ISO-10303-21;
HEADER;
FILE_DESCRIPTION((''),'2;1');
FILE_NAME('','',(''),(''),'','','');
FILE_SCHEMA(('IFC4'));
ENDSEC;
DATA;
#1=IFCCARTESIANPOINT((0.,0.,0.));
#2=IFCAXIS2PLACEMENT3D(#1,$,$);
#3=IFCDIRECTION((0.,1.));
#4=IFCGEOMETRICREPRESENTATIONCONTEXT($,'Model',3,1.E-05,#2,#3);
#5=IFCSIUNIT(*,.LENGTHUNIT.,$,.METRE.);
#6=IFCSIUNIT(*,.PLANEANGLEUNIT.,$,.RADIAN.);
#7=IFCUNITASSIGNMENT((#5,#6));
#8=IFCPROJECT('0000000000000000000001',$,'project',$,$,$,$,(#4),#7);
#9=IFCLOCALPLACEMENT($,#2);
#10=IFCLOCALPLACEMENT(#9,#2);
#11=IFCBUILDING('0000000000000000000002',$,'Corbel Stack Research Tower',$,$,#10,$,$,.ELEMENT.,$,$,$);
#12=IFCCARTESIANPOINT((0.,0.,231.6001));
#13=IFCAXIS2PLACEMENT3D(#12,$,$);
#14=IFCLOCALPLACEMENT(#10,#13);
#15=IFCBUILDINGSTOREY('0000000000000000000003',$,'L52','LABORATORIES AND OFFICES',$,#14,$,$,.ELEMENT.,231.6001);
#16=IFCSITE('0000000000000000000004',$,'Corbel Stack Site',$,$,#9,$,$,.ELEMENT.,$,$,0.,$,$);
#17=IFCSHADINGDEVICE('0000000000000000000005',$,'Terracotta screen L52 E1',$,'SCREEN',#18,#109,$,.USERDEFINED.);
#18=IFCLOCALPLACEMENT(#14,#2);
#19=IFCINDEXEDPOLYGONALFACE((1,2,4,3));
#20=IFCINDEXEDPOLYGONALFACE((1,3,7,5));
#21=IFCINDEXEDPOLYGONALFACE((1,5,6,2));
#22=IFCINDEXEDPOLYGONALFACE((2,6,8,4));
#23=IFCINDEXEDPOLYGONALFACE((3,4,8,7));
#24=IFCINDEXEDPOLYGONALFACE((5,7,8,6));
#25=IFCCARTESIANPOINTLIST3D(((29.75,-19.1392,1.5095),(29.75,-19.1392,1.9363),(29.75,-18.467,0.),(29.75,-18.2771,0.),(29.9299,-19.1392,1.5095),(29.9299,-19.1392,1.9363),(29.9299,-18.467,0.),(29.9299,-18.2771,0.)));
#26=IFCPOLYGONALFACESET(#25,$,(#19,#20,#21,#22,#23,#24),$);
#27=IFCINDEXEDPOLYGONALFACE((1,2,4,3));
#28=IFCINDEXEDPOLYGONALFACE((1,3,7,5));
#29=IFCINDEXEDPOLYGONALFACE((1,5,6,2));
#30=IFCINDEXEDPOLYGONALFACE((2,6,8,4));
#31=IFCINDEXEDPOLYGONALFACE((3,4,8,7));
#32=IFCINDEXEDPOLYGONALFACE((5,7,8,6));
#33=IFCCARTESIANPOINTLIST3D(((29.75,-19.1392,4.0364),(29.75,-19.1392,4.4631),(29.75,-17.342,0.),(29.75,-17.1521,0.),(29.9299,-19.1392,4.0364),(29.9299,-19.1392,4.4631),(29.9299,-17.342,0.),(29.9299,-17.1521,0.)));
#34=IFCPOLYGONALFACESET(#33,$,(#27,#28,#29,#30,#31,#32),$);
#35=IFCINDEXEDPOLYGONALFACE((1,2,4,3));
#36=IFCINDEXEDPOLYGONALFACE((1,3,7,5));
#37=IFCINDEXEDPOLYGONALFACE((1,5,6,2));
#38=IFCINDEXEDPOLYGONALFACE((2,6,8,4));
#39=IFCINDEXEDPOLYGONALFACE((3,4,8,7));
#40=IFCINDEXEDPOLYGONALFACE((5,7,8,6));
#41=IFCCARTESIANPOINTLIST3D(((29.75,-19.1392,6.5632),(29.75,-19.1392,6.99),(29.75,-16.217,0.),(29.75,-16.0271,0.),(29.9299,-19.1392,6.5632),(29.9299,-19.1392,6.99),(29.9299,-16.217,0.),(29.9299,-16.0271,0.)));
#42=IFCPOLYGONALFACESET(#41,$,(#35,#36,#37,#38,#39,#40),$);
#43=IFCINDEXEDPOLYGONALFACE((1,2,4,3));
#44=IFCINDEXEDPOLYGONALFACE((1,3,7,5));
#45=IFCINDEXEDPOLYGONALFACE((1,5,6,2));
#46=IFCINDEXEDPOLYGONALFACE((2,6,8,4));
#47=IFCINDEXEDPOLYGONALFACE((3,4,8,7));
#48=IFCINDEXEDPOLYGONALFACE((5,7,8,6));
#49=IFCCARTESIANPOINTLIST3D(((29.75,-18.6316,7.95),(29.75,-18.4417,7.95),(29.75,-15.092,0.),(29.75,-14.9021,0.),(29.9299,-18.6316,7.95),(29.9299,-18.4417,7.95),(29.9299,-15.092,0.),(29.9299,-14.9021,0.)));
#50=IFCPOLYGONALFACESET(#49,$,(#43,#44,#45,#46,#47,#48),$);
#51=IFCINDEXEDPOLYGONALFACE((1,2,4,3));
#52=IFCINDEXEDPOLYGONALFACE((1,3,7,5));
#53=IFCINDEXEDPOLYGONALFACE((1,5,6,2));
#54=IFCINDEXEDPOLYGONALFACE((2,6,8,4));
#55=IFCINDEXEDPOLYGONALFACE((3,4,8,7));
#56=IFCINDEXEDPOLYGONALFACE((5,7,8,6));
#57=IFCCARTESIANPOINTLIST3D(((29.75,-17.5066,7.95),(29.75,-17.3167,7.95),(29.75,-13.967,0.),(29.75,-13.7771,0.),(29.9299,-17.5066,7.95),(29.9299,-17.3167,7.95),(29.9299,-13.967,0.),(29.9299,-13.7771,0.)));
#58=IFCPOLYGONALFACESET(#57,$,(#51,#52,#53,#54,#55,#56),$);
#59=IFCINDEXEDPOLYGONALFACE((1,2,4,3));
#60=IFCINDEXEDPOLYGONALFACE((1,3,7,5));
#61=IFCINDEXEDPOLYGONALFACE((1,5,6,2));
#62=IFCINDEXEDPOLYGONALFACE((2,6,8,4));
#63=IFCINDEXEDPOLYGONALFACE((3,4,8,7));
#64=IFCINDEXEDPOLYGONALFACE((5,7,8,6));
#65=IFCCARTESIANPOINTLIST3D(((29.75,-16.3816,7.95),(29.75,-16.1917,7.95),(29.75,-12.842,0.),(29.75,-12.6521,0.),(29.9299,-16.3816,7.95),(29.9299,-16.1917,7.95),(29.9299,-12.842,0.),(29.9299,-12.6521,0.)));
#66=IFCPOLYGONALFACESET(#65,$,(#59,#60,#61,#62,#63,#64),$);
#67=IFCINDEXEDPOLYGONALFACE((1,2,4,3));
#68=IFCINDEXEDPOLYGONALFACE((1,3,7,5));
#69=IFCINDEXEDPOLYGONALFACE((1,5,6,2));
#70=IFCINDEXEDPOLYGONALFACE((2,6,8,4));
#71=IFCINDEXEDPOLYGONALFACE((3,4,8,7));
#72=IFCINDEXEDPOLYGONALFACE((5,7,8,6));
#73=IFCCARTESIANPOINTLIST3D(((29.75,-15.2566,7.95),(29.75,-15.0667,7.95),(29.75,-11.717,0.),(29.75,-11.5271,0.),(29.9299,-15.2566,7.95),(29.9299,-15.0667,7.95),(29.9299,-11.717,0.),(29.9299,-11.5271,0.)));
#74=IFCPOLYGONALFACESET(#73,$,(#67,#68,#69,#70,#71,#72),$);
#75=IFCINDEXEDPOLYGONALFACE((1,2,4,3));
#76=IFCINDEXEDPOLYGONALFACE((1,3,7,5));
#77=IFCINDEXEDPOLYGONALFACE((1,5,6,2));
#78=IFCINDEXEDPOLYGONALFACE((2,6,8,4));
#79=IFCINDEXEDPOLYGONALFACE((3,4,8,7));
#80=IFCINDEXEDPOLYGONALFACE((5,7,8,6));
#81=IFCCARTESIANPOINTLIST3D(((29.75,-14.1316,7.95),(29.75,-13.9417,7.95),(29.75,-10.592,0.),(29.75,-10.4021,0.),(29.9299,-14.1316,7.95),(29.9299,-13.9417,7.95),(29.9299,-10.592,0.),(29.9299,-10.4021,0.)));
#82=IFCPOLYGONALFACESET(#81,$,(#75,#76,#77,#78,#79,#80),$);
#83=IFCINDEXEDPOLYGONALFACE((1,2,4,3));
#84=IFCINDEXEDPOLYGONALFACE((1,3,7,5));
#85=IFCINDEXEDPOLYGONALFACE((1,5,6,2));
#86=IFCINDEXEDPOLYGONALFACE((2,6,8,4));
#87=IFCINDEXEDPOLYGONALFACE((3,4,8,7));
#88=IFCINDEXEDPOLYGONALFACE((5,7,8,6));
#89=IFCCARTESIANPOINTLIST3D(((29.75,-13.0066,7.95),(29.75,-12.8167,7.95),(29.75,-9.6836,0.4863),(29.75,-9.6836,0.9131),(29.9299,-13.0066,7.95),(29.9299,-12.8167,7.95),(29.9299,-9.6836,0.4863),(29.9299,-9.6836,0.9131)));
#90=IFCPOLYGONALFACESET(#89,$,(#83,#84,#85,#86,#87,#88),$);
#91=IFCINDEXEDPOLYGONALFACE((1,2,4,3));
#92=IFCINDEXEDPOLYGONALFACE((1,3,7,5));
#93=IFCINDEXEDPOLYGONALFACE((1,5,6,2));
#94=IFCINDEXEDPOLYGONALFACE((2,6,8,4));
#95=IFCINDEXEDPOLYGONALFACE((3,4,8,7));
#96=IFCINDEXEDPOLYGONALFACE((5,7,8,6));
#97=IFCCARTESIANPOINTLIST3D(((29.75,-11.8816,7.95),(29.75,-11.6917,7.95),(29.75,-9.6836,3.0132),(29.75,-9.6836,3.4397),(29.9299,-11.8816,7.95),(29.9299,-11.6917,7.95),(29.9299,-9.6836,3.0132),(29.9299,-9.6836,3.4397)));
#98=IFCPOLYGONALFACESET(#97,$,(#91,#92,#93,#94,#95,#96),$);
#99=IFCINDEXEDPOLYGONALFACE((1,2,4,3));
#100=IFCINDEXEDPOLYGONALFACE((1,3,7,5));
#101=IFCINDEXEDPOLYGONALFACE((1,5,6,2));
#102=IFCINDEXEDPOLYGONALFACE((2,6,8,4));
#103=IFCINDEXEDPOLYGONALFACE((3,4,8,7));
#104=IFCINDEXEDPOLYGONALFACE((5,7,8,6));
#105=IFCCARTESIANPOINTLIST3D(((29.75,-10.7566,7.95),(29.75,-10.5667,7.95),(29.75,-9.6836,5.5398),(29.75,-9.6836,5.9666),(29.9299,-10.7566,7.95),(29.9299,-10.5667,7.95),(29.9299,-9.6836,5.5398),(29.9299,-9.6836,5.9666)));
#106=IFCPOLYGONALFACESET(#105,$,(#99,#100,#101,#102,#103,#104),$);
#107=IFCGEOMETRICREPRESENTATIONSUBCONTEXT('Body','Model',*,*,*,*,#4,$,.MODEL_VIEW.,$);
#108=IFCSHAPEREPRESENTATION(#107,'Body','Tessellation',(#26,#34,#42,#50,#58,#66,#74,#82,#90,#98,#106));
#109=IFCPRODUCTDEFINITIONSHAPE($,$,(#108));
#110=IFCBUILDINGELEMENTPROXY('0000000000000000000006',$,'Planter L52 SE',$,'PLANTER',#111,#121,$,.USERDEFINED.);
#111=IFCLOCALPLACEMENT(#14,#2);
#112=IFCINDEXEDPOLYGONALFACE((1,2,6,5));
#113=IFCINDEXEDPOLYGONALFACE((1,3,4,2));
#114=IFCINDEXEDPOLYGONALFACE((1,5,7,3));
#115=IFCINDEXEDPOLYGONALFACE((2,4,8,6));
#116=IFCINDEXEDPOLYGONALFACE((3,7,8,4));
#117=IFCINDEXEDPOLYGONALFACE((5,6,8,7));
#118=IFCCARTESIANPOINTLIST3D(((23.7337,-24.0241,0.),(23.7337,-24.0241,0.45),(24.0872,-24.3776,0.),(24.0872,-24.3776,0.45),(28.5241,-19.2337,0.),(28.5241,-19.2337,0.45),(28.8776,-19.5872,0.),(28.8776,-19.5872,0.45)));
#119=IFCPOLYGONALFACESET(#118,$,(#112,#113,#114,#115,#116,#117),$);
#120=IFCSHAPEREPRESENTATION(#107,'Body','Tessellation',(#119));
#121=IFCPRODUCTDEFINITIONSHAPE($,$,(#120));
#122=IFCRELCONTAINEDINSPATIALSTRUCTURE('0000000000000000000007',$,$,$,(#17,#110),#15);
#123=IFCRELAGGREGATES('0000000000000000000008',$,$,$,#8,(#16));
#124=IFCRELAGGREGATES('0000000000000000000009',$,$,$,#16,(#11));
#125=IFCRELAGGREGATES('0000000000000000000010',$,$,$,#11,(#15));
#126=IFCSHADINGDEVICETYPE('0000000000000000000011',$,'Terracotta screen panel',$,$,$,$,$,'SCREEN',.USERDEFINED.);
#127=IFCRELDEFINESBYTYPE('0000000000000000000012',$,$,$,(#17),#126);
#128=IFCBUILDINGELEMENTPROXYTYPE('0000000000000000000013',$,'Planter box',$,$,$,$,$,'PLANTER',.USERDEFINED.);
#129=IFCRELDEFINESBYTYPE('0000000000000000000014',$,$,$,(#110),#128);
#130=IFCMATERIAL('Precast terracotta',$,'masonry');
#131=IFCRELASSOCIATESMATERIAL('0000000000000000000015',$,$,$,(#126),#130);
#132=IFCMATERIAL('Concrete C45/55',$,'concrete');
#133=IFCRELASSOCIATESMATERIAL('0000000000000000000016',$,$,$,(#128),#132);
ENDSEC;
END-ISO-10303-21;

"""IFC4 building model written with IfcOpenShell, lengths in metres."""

from ifc_helpers import new_model, si_unit, direction, frame, origin, origin_2d, place, context, subcontext, project, spatial, polyline, rectangle, outline, extrude, source, transform, mapped, material, type_object, element, save


model = new_model("IFC4")

# Units and contexts
model_context = context("Model", 3, precision=1e-05, world=origin(), true_north=direction((0.0, 1.0)))
body_context = subcontext(model_context, "Body", "Model", "MODEL_VIEW")
ifc_project = project(units=[si_unit("LENGTHUNIT", "METRE"), si_unit("PLANEANGLEUNIT", "RADIAN")], contexts=[model_context])

# Site, building, storey
site_placement = place(None, origin())
site = spatial("IfcSite", under=ifc_project, at=site_placement, Name="Corbel Stack Site", CompositionType="ELEMENT", RefElevation=0.0)
building_placement = place(site_placement, origin())
building = spatial("IfcBuilding", under=site, at=building_placement, Name="Corbel Stack Research Tower", CompositionType="ELEMENT")
storey_placement = place(building_placement, frame((0.0, 0.0, 231.6001)))
storey = spatial("IfcBuildingStorey", under=building, at=storey_placement, Name="L52", Description="LABORATORIES AND OFFICES", CompositionType="ELEMENT", Elevation=231.6001)

# Shading device
ifc_material_1 = material(Name="Precast terracotta", Category="masonry")
shading_device_type = type_object("IfcShadingDeviceType", Name="Terracotta screen panel", ElementType="SCREEN", PredefinedType="USERDEFINED", material=ifc_material_1)
shared_shape_1 = source(origin(), body_context, "Body", "SweptSolid", [
    extrude(outline(polyline([(0.8621, 0.0), (0.0, 1.9363), (0.0, 1.5095), (0.6721, 0.0), (0.8621, 0.0)])), frame((0.0, 0.0, 0.0), z_axis=(0.0, -1.0, 0.0), x_axis=(1.0, 0.0, 0.0)), (0.0, 0.0, 1.0), 0.1799),
    extrude(outline(polyline([(1.9871, 0.0), (0.0, 4.4631), (0.0, 4.0364), (1.7971, 0.0), (1.9871, 0.0)])), frame((0.0, 0.0, 0.0), z_axis=(0.0, -1.0, 0.0), x_axis=(1.0, 0.0, 0.0)), (0.0, 0.0, 1.0), 0.1799),
    extrude(outline(polyline([(3.1121, 0.0), (0.0, 6.99), (0.0, 6.5632), (2.9221, 0.0), (3.1121, 0.0)])), frame((0.0, 0.0, 0.0), z_axis=(0.0, -1.0, 0.0), x_axis=(1.0, 0.0, 0.0)), (0.0, 0.0, 1.0), 0.1799),
    extrude(outline(polyline([(4.2371, 0.0), (0.6975, 7.95), (0.5076, 7.95), (4.0471, 0.0), (4.2371, 0.0)])), frame((0.0, 0.0, 0.0), z_axis=(0.0, -1.0, 0.0), x_axis=(1.0, 0.0, 0.0)), (0.0, 0.0, 1.0), 0.1799),
    extrude(outline(polyline([(5.3621, 0.0), (1.8225, 7.95), (1.6326, 7.95), (5.1721, 0.0), (5.3621, 0.0)])), frame((0.0, 0.0, 0.0), z_axis=(0.0, -1.0, 0.0), x_axis=(1.0, 0.0, 0.0)), (0.0, 0.0, 1.0), 0.1799),
    extrude(outline(polyline([(6.4871, 0.0), (2.9475, 7.95), (2.7576, 7.95), (6.2971, 0.0), (6.4871, 0.0)])), frame((0.0, 0.0, 0.0), z_axis=(0.0, -1.0, 0.0), x_axis=(1.0, 0.0, 0.0)), (0.0, 0.0, 1.0), 0.1799),
    extrude(outline(polyline([(7.6121, 0.0), (4.0725, 7.95), (3.8826, 7.95), (7.4221, 0.0), (7.6121, 0.0)])), frame((0.0, 0.0, 0.0), z_axis=(0.0, -1.0, 0.0), x_axis=(1.0, 0.0, 0.0)), (0.0, 0.0, 1.0), 0.1799),
    extrude(outline(polyline([(8.7371, 0.0), (5.1975, 7.95), (5.0076, 7.95), (8.5471, 0.0), (8.7371, 0.0)])), frame((0.0, 0.0, 0.0), z_axis=(0.0, -1.0, 0.0), x_axis=(1.0, 0.0, 0.0)), (0.0, 0.0, 1.0), 0.1799),
    extrude(outline(polyline([(6.3225, 7.95), (6.1326, 7.95), (9.4556, 0.4863), (9.4556, 0.9131), (6.3225, 7.95)])), frame((0.0, 0.0, 0.0), z_axis=(0.0, -1.0, 0.0), x_axis=(1.0, 0.0, 0.0)), (0.0, 0.0, 1.0), 0.1799),
    extrude(outline(polyline([(7.4475, 7.95), (7.2576, 7.95), (9.4556, 3.0132), (9.4556, 3.4397), (7.4475, 7.95)])), frame((0.0, 0.0, 0.0), z_axis=(0.0, -1.0, 0.0), x_axis=(1.0, 0.0, 0.0)), (0.0, 0.0, 1.0), 0.1799),
    extrude(outline(polyline([(8.5725, 7.95), (8.3826, 7.95), (9.4556, 5.5398), (9.4556, 5.9666), (8.5725, 7.95)])), frame((0.0, 0.0, 0.0), z_axis=(0.0, -1.0, 0.0), x_axis=(1.0, 0.0, 0.0)), (0.0, 0.0, 1.0), 0.1799),
])
shading_device_1_placement = place(storey_placement, frame((29.75, -19.1392, 0.0), z_axis=(0.0, 0.0, 1.0), x_axis=(0.0, 1.0, 0.0)))
element("IfcShadingDevice", 1, at=shading_device_1_placement, inside=storey, type_object=shading_device_type, Name="Terracotta screen L52 E1", ObjectType="SCREEN", PredefinedType="USERDEFINED", context=body_context, shape_type="MappedRepresentation", body=[
    mapped(shared_shape_1, transform((0.0, 0.0, 0.0))),
])

# Building element proxy
ifc_material_2 = material(Name="Concrete C45/55", Category="concrete")
building_element_proxy_type = type_object("IfcBuildingElementProxyType", Name="Planter box", ElementType="PLANTER", PredefinedType="USERDEFINED", material=ifc_material_2)
proxy_placement = place(storey_placement, frame((26.3057, -21.8057, 0.0), z_axis=(0.0, 0.0, 1.0), x_axis=(0.707107, 0.707107, 0.0)))
element("IfcBuildingElementProxy", 2, at=proxy_placement, inside=storey, type_object=building_element_proxy_type, Name="Planter L52 SE", ObjectType="PLANTER", PredefinedType="USERDEFINED", context=body_context, shape_type="SweptSolid", body=[
    extrude(rectangle(XDim=6.7747, YDim=0.5, at=origin_2d()), origin(), (0.0, 0.0, 1.0), 0.45),
])

save(model, "model.ifc")
